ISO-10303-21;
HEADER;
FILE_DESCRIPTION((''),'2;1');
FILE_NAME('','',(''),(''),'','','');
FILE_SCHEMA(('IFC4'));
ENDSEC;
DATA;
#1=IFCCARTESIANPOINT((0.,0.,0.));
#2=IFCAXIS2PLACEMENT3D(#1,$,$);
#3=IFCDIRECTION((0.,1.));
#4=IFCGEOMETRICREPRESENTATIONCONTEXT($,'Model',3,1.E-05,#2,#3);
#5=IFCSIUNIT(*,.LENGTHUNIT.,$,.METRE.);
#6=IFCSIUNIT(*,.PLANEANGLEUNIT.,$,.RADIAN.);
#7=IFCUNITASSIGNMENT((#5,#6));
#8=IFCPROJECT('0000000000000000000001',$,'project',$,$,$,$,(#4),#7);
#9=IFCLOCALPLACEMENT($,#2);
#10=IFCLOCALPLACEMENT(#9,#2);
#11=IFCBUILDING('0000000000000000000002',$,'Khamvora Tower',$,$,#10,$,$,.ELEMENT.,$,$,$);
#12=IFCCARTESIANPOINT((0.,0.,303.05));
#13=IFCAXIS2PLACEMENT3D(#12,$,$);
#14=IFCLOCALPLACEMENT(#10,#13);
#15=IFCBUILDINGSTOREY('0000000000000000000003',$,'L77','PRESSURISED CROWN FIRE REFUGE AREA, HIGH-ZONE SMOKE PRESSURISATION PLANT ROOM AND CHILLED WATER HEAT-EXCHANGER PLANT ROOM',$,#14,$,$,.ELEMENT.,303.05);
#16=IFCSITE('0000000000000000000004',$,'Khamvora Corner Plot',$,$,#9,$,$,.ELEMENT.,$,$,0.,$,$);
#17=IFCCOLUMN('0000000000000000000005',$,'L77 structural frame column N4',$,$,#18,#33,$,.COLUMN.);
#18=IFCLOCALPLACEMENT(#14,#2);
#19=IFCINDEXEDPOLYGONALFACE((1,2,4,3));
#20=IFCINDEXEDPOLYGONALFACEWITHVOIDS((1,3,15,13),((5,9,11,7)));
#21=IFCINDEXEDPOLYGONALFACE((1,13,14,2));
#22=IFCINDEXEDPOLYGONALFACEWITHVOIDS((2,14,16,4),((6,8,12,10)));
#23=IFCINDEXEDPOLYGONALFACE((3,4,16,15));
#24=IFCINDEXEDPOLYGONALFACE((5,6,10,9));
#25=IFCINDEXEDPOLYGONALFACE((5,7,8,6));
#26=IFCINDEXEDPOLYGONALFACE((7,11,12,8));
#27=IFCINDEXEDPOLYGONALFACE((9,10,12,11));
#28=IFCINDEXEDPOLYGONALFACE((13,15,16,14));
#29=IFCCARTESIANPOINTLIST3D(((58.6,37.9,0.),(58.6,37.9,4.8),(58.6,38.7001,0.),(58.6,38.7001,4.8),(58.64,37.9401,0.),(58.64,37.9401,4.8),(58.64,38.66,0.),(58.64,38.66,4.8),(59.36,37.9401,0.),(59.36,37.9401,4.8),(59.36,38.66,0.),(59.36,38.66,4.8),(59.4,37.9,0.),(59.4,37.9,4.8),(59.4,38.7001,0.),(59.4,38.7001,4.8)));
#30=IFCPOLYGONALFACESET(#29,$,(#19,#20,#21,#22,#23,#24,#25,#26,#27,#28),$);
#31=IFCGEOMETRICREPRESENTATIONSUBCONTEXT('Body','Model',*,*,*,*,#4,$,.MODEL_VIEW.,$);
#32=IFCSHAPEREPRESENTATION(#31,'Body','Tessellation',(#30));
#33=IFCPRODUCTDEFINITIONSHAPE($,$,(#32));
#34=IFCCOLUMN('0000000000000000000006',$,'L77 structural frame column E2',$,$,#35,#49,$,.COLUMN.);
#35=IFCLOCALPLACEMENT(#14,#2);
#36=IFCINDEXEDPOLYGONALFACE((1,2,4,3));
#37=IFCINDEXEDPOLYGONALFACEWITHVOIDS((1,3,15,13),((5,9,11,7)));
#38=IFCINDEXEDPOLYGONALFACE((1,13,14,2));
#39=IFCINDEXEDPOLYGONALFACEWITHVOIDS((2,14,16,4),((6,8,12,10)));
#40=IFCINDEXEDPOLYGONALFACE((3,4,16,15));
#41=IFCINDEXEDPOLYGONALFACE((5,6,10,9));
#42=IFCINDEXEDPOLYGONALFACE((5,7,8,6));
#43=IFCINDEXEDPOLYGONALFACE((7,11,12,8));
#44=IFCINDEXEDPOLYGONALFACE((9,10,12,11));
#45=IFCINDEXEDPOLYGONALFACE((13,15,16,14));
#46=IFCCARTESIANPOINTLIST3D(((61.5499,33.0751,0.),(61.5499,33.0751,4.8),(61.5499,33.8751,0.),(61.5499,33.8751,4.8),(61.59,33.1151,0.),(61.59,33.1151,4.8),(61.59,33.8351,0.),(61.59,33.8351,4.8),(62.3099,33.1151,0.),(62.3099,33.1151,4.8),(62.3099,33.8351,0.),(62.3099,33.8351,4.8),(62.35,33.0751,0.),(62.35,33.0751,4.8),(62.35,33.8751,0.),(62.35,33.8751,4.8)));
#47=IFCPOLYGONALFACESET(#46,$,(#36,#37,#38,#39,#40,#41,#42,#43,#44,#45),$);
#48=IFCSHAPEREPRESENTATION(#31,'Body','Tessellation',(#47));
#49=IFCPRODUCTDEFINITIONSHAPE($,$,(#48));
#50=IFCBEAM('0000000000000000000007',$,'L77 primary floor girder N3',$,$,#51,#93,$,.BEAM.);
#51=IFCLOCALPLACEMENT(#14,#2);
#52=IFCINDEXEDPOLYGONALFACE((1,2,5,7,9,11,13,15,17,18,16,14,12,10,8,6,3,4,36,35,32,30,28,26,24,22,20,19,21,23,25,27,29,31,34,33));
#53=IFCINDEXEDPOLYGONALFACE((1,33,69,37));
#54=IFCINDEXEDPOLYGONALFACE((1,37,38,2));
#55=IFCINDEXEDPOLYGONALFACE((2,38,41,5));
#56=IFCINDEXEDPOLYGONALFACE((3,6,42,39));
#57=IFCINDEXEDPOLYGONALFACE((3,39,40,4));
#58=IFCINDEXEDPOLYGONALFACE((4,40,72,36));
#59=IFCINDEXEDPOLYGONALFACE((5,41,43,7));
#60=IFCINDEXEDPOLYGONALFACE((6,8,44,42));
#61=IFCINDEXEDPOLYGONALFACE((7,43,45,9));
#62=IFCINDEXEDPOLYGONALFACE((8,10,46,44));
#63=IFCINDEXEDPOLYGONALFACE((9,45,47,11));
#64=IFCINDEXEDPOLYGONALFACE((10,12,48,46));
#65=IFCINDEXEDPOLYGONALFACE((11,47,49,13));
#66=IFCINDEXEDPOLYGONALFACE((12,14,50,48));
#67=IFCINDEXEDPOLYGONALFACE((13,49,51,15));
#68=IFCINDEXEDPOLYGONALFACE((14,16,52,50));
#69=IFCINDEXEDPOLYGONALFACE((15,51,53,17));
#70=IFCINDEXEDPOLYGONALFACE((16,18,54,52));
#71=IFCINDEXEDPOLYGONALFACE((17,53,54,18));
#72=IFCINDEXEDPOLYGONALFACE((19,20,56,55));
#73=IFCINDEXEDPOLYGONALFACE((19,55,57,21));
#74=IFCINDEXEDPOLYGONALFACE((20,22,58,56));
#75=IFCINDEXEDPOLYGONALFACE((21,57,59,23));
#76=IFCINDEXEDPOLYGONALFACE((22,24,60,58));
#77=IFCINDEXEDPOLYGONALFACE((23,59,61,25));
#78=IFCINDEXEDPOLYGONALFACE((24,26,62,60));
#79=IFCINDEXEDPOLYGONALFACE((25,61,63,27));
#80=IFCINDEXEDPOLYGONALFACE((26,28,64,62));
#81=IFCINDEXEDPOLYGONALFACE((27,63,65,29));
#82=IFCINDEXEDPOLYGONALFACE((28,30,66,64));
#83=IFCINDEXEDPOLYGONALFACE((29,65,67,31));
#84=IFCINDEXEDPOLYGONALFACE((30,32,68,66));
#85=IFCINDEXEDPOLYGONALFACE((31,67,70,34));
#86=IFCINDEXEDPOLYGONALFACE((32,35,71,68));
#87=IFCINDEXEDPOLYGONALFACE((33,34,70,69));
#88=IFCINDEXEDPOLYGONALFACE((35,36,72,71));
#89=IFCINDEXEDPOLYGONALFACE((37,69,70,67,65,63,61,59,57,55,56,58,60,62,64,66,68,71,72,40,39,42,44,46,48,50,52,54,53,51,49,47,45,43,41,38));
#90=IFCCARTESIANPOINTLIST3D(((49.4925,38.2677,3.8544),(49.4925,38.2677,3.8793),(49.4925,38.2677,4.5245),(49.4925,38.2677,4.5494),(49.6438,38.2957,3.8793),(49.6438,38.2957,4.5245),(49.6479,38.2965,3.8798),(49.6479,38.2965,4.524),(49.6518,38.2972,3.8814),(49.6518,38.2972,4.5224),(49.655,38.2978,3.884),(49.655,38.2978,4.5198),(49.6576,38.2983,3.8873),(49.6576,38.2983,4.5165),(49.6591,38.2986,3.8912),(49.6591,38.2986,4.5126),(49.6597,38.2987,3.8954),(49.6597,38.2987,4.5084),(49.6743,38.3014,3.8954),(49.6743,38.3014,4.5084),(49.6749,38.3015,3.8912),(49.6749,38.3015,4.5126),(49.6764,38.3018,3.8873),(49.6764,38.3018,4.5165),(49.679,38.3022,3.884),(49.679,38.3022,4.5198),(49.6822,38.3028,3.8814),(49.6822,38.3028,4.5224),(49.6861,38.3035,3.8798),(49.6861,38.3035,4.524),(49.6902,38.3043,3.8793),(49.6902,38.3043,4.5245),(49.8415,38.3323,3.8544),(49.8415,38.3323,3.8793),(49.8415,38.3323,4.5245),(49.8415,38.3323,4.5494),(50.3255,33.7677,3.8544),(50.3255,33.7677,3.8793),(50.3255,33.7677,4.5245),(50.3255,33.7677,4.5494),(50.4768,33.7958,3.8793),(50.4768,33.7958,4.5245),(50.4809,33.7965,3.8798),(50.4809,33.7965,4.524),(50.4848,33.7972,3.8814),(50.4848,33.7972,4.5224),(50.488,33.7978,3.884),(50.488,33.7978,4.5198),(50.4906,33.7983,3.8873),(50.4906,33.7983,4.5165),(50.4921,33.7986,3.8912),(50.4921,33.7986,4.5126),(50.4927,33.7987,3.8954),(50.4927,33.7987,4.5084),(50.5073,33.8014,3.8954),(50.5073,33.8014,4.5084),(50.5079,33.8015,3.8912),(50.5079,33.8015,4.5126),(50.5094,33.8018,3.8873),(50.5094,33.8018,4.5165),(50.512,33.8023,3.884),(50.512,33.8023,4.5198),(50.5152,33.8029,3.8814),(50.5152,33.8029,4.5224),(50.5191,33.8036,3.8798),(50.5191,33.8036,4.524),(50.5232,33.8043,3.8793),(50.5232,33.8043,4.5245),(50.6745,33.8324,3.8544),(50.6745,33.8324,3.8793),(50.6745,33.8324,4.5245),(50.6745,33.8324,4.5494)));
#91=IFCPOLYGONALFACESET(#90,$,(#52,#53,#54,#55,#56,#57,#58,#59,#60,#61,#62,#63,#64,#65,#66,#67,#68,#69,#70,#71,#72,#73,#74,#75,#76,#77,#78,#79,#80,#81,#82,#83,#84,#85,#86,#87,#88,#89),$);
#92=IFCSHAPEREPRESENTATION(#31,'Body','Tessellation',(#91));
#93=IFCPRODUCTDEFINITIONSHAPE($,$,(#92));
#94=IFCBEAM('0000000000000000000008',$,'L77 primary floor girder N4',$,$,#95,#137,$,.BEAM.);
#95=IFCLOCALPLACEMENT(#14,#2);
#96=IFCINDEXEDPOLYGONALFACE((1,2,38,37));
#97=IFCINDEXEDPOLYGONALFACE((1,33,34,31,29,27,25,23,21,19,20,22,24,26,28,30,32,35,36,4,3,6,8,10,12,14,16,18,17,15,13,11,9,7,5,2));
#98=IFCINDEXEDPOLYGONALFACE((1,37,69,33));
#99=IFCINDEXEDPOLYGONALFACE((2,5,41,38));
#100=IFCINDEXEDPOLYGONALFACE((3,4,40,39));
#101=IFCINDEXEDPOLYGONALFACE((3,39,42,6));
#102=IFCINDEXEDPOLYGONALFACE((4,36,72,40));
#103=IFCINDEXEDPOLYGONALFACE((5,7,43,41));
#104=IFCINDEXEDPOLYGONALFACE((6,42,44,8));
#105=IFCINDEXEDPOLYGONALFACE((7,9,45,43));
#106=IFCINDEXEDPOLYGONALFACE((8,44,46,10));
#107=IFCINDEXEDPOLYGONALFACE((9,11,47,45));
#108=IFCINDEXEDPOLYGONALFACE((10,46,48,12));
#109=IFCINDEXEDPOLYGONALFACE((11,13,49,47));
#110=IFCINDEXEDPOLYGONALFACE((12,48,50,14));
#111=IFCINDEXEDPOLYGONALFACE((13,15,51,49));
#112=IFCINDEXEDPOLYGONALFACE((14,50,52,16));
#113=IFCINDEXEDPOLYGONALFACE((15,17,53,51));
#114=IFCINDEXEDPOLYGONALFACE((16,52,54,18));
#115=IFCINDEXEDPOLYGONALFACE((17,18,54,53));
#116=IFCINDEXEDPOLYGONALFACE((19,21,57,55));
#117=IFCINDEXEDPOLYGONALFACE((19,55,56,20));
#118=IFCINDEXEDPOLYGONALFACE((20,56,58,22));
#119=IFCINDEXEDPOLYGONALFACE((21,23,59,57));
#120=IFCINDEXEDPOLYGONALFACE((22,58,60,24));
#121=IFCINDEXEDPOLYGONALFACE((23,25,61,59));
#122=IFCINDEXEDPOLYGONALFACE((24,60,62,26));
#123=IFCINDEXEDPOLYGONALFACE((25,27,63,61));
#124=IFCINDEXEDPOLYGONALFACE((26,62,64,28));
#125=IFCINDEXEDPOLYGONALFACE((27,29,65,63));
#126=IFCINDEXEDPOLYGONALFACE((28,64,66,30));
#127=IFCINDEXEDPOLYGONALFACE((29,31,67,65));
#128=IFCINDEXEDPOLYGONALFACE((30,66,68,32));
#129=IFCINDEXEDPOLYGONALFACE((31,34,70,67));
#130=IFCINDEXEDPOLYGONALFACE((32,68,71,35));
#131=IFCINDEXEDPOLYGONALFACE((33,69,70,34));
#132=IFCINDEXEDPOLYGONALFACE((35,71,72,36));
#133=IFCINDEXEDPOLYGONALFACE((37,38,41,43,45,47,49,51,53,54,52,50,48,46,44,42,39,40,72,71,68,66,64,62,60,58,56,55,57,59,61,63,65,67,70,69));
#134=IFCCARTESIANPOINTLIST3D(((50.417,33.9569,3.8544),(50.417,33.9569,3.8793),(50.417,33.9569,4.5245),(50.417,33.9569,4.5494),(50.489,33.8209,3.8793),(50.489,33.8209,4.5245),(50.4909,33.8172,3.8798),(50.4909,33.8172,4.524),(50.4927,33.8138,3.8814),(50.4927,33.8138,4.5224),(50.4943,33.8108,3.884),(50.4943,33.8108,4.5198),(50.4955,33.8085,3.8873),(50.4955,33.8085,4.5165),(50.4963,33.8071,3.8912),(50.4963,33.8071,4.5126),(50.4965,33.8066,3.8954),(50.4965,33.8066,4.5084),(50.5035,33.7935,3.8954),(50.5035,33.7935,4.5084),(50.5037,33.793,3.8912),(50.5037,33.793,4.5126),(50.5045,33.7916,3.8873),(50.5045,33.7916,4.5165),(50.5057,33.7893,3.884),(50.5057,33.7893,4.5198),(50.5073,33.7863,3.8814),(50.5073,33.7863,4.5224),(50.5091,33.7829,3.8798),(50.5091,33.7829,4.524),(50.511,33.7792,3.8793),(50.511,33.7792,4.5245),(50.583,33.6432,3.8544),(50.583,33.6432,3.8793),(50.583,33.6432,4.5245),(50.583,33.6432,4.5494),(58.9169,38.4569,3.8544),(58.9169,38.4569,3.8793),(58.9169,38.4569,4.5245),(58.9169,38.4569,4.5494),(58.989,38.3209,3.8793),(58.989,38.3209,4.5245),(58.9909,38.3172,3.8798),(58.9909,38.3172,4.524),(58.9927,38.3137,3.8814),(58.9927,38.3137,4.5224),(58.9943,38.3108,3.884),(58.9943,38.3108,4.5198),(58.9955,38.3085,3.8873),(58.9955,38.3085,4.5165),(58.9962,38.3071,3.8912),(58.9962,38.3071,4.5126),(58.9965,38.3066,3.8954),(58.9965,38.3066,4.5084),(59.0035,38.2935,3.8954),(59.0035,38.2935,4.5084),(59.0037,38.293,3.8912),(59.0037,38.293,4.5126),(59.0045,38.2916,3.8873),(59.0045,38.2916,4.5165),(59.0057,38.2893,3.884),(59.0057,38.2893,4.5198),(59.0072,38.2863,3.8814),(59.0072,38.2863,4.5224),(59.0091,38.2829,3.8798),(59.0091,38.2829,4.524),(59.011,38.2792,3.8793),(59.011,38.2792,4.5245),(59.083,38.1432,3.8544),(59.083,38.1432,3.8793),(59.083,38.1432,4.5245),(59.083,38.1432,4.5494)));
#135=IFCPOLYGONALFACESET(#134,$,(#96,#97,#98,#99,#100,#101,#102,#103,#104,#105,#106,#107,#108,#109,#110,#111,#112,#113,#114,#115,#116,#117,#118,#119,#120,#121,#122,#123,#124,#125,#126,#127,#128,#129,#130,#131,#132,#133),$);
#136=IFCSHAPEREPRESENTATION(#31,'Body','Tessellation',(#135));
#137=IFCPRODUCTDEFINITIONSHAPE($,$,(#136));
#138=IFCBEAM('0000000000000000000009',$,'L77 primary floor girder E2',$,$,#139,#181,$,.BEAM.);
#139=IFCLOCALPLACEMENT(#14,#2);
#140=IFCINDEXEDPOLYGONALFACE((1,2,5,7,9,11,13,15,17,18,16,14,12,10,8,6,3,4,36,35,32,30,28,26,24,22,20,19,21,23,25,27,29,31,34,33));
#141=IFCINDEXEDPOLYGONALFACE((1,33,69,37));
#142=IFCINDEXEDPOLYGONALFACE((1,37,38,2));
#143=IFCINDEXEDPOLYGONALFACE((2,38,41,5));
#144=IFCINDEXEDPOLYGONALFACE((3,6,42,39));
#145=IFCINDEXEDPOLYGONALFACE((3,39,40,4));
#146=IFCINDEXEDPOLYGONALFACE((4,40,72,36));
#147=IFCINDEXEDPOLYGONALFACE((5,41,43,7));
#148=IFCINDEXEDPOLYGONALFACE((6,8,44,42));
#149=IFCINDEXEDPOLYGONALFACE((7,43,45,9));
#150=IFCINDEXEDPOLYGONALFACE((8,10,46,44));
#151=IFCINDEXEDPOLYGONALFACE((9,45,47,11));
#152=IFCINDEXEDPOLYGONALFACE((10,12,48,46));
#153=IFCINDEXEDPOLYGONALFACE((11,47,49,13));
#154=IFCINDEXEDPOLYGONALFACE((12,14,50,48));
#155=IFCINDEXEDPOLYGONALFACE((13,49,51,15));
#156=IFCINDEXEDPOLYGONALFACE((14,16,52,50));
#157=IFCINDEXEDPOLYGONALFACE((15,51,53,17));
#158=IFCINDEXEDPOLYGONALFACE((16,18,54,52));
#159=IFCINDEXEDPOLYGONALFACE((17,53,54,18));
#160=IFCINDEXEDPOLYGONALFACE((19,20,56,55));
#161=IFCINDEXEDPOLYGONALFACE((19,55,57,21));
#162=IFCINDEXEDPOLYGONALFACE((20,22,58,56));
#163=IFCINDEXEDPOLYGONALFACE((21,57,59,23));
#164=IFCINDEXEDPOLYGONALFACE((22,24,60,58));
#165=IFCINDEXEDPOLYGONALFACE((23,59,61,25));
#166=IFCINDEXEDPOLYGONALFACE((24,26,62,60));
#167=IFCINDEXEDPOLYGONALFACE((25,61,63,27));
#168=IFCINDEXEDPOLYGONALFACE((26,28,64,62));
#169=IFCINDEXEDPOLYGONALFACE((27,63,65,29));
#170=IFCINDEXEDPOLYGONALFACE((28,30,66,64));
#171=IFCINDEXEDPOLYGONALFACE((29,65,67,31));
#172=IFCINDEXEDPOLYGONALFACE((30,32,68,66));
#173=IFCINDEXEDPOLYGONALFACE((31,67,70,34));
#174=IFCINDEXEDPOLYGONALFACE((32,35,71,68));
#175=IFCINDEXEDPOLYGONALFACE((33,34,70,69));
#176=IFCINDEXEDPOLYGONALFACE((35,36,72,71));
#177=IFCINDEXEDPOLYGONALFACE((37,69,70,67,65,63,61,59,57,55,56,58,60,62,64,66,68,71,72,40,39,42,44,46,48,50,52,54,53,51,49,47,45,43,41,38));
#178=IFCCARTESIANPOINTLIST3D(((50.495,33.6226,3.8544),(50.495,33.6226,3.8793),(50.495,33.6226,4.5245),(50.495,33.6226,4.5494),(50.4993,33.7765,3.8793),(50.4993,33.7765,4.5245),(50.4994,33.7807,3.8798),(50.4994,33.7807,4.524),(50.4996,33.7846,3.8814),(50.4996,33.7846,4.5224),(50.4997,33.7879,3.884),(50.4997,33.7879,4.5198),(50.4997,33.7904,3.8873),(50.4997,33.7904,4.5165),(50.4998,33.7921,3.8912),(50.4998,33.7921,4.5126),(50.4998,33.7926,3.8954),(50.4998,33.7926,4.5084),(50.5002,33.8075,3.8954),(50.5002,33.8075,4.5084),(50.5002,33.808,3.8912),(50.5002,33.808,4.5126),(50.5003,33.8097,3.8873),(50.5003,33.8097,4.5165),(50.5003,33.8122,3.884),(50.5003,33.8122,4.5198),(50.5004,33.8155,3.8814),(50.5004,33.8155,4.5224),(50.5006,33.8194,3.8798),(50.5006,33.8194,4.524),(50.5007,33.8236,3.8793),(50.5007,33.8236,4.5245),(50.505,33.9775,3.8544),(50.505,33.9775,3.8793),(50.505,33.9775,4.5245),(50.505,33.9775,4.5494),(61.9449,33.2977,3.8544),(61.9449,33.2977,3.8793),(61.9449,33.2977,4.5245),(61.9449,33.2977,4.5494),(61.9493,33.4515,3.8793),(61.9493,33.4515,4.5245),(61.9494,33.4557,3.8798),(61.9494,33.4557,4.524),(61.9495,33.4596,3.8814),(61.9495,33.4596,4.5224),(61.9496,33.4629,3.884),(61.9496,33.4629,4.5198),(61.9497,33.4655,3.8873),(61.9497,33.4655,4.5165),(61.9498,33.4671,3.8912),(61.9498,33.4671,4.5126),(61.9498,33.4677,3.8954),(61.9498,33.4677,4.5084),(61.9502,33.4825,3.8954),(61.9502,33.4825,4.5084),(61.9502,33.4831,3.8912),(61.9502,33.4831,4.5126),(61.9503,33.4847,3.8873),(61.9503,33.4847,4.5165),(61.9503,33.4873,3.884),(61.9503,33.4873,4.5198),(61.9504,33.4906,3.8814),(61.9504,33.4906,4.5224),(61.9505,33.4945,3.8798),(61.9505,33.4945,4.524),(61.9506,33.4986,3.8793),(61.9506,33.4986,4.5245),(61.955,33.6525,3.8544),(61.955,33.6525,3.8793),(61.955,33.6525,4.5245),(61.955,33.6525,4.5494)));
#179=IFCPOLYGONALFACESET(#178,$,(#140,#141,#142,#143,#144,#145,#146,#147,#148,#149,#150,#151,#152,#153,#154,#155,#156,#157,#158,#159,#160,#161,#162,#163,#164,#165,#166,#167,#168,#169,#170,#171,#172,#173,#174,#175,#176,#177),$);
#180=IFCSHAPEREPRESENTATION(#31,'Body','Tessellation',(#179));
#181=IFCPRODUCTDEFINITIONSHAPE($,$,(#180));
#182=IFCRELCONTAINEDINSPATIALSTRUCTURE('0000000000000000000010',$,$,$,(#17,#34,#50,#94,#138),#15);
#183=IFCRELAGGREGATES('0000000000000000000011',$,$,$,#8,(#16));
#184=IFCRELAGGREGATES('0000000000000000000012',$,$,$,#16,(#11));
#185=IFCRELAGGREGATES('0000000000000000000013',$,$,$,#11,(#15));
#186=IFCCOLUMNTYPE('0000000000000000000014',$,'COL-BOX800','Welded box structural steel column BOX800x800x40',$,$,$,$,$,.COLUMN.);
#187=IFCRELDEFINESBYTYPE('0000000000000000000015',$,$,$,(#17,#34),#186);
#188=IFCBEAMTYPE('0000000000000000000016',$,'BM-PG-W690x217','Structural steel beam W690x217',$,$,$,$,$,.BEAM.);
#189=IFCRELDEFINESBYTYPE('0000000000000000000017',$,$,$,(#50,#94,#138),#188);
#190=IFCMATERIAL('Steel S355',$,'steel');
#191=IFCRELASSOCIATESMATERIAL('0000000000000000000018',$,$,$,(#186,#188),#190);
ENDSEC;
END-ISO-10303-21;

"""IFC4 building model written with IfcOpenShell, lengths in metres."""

from ifc_helpers import new_model, si_unit, direction, frame, origin, origin_2d, place, context, subcontext, project, spatial, hollow_rectangle, i_section, extrude, material, material_profile, profile_set, type_object, element, save


model = new_model("IFC4")

# Units and contexts
model_context = context("Model", 3, precision=1e-05, world=origin(), true_north=direction((0.0, 1.0)))
body_context = subcontext(model_context, "Body", "Model", "MODEL_VIEW")
ifc_project = project(units=[si_unit("LENGTHUNIT", "METRE"), si_unit("PLANEANGLEUNIT", "RADIAN")], contexts=[model_context])

# Site, building, storey
site_placement = place(None, origin())
site = spatial("IfcSite", under=ifc_project, at=site_placement, Name="Khamvora Corner Plot", CompositionType="ELEMENT", RefElevation=0.0)
building_placement = place(site_placement, origin())
building = spatial("IfcBuilding", under=site, at=building_placement, Name="Khamvora Tower", CompositionType="ELEMENT")
storey_placement = place(building_placement, frame((0.0, 0.0, 303.05)))
storey = spatial("IfcBuildingStorey", under=building, at=storey_placement, Name="L77", Description="PRESSURISED CROWN FIRE REFUGE AREA, HIGH-ZONE SMOKE PRESSURISATION PLANT ROOM AND CHILLED WATER HEAT-EXCHANGER PLANT ROOM", CompositionType="ELEMENT", Elevation=303.05)

# Columns
ifc_material_1 = material(Name="Steel S355", Category="steel")
ifc_material_profile_1 = material_profile(ifc_material_1, hollow_rectangle(XDim=0.8, YDim=0.8, WallThickness=0.04, at=origin_2d()), Name="BOX800x800x40")
ifc_profile_set_1 = profile_set([ifc_material_profile_1], Name="Steel S355")
column_type = type_object("IfcColumnType", Name="COL-BOX800", Description="Welded box structural steel column BOX800x800x40", PredefinedType="COLUMN", material=ifc_profile_set_1)
for number, where, z_axis, x_axis, name in (
    (1, (59.0, 38.3, 0.0), (0.0, 0.0, 1.0), (1.0, 0.0, 0.0), "L77 structural frame column N4"),
    (2, (61.95, 33.4751, 0.0), (0.0, 0.0, 1.0), (1.0, 0.0, 0.0), "L77 structural frame column E2"),
):
    element("IfcColumn", number, at=place(storey_placement, frame(where, z_axis=z_axis, x_axis=x_axis)), inside=storey, type_object=column_type, Name=name, PredefinedType="COLUMN", context=body_context, shape_type="SweptSolid", body=[
        extrude(hollow_rectangle(XDim=0.8, YDim=0.8, WallThickness=0.04, at=origin_2d()), origin(), (0.0, 0.0, 1.0), 4.8),
    ])

# Beams
ifc_material_profile_2 = material_profile(ifc_material_1, i_section(OverallWidth=0.355, OverallDepth=0.6951, WebThickness=0.0149, FlangeThickness=0.0249, FilletRadius=0.0161, at=origin_2d()), Name="W690x217")
ifc_profile_set_2 = profile_set([ifc_material_profile_2], Name="Steel S355")
beam_type_1 = type_object("IfcBeamType", Name="BM-PG-W690x217", Description="Structural steel beam W690x217", PredefinedType="BEAM", material=ifc_profile_set_2)
beam_1_placement = place(storey_placement, frame((50.5, 33.8, 4.2019), z_axis=(-0.18202, 0.983295, 0.0), x_axis=(-0.983295, -0.18202, 0.0)))
element("IfcBeam", 3, at=beam_1_placement, inside=storey, type_object=beam_type_1, Name="L77 primary floor girder N3", PredefinedType="BEAM", context=body_context, shape_type="SweptSolid", body=[
    extrude(i_section(OverallWidth=0.355, OverallDepth=0.6951, WebThickness=0.0149, FlangeThickness=0.0249, FilletRadius=0.0161, at=origin_2d()), origin(), (0.0, 0.0, 1.0), 4.5764),
])
beam_2_placement = place(storey_placement, frame((50.5, 33.8, 4.2019), z_axis=(0.883788, 0.467888, 0.0), x_axis=(-0.467888, 0.883788, 0.0)))
element("IfcBeam", 4, at=beam_2_placement, inside=storey, type_object=beam_type_1, Name="L77 primary floor girder N4", PredefinedType="BEAM", context=body_context, shape_type="SweptSolid", body=[
    extrude(i_section(OverallWidth=0.355, OverallDepth=0.6951, WebThickness=0.0149, FlangeThickness=0.0249, FilletRadius=0.0161, at=origin_2d()), origin(), (0.0, 0.0, 1.0), 9.6177),
])
beam_3_placement = place(storey_placement, frame((50.5, 33.8, 4.2019), z_axis=(0.999598, -0.028369, 0.0), x_axis=(0.028369, 0.999598, 0.0)))
element("IfcBeam", 5, at=beam_3_placement, inside=storey, type_object=beam_type_1, Name="L77 primary floor girder E2", PredefinedType="BEAM", context=body_context, shape_type="SweptSolid", body=[
    extrude(i_section(OverallWidth=0.355, OverallDepth=0.6951, WebThickness=0.0149, FlangeThickness=0.0249, FilletRadius=0.0161, at=origin_2d()), origin(), (0.0, 0.0, 1.0), 11.4546),
])

save(model, "model.ifc")
